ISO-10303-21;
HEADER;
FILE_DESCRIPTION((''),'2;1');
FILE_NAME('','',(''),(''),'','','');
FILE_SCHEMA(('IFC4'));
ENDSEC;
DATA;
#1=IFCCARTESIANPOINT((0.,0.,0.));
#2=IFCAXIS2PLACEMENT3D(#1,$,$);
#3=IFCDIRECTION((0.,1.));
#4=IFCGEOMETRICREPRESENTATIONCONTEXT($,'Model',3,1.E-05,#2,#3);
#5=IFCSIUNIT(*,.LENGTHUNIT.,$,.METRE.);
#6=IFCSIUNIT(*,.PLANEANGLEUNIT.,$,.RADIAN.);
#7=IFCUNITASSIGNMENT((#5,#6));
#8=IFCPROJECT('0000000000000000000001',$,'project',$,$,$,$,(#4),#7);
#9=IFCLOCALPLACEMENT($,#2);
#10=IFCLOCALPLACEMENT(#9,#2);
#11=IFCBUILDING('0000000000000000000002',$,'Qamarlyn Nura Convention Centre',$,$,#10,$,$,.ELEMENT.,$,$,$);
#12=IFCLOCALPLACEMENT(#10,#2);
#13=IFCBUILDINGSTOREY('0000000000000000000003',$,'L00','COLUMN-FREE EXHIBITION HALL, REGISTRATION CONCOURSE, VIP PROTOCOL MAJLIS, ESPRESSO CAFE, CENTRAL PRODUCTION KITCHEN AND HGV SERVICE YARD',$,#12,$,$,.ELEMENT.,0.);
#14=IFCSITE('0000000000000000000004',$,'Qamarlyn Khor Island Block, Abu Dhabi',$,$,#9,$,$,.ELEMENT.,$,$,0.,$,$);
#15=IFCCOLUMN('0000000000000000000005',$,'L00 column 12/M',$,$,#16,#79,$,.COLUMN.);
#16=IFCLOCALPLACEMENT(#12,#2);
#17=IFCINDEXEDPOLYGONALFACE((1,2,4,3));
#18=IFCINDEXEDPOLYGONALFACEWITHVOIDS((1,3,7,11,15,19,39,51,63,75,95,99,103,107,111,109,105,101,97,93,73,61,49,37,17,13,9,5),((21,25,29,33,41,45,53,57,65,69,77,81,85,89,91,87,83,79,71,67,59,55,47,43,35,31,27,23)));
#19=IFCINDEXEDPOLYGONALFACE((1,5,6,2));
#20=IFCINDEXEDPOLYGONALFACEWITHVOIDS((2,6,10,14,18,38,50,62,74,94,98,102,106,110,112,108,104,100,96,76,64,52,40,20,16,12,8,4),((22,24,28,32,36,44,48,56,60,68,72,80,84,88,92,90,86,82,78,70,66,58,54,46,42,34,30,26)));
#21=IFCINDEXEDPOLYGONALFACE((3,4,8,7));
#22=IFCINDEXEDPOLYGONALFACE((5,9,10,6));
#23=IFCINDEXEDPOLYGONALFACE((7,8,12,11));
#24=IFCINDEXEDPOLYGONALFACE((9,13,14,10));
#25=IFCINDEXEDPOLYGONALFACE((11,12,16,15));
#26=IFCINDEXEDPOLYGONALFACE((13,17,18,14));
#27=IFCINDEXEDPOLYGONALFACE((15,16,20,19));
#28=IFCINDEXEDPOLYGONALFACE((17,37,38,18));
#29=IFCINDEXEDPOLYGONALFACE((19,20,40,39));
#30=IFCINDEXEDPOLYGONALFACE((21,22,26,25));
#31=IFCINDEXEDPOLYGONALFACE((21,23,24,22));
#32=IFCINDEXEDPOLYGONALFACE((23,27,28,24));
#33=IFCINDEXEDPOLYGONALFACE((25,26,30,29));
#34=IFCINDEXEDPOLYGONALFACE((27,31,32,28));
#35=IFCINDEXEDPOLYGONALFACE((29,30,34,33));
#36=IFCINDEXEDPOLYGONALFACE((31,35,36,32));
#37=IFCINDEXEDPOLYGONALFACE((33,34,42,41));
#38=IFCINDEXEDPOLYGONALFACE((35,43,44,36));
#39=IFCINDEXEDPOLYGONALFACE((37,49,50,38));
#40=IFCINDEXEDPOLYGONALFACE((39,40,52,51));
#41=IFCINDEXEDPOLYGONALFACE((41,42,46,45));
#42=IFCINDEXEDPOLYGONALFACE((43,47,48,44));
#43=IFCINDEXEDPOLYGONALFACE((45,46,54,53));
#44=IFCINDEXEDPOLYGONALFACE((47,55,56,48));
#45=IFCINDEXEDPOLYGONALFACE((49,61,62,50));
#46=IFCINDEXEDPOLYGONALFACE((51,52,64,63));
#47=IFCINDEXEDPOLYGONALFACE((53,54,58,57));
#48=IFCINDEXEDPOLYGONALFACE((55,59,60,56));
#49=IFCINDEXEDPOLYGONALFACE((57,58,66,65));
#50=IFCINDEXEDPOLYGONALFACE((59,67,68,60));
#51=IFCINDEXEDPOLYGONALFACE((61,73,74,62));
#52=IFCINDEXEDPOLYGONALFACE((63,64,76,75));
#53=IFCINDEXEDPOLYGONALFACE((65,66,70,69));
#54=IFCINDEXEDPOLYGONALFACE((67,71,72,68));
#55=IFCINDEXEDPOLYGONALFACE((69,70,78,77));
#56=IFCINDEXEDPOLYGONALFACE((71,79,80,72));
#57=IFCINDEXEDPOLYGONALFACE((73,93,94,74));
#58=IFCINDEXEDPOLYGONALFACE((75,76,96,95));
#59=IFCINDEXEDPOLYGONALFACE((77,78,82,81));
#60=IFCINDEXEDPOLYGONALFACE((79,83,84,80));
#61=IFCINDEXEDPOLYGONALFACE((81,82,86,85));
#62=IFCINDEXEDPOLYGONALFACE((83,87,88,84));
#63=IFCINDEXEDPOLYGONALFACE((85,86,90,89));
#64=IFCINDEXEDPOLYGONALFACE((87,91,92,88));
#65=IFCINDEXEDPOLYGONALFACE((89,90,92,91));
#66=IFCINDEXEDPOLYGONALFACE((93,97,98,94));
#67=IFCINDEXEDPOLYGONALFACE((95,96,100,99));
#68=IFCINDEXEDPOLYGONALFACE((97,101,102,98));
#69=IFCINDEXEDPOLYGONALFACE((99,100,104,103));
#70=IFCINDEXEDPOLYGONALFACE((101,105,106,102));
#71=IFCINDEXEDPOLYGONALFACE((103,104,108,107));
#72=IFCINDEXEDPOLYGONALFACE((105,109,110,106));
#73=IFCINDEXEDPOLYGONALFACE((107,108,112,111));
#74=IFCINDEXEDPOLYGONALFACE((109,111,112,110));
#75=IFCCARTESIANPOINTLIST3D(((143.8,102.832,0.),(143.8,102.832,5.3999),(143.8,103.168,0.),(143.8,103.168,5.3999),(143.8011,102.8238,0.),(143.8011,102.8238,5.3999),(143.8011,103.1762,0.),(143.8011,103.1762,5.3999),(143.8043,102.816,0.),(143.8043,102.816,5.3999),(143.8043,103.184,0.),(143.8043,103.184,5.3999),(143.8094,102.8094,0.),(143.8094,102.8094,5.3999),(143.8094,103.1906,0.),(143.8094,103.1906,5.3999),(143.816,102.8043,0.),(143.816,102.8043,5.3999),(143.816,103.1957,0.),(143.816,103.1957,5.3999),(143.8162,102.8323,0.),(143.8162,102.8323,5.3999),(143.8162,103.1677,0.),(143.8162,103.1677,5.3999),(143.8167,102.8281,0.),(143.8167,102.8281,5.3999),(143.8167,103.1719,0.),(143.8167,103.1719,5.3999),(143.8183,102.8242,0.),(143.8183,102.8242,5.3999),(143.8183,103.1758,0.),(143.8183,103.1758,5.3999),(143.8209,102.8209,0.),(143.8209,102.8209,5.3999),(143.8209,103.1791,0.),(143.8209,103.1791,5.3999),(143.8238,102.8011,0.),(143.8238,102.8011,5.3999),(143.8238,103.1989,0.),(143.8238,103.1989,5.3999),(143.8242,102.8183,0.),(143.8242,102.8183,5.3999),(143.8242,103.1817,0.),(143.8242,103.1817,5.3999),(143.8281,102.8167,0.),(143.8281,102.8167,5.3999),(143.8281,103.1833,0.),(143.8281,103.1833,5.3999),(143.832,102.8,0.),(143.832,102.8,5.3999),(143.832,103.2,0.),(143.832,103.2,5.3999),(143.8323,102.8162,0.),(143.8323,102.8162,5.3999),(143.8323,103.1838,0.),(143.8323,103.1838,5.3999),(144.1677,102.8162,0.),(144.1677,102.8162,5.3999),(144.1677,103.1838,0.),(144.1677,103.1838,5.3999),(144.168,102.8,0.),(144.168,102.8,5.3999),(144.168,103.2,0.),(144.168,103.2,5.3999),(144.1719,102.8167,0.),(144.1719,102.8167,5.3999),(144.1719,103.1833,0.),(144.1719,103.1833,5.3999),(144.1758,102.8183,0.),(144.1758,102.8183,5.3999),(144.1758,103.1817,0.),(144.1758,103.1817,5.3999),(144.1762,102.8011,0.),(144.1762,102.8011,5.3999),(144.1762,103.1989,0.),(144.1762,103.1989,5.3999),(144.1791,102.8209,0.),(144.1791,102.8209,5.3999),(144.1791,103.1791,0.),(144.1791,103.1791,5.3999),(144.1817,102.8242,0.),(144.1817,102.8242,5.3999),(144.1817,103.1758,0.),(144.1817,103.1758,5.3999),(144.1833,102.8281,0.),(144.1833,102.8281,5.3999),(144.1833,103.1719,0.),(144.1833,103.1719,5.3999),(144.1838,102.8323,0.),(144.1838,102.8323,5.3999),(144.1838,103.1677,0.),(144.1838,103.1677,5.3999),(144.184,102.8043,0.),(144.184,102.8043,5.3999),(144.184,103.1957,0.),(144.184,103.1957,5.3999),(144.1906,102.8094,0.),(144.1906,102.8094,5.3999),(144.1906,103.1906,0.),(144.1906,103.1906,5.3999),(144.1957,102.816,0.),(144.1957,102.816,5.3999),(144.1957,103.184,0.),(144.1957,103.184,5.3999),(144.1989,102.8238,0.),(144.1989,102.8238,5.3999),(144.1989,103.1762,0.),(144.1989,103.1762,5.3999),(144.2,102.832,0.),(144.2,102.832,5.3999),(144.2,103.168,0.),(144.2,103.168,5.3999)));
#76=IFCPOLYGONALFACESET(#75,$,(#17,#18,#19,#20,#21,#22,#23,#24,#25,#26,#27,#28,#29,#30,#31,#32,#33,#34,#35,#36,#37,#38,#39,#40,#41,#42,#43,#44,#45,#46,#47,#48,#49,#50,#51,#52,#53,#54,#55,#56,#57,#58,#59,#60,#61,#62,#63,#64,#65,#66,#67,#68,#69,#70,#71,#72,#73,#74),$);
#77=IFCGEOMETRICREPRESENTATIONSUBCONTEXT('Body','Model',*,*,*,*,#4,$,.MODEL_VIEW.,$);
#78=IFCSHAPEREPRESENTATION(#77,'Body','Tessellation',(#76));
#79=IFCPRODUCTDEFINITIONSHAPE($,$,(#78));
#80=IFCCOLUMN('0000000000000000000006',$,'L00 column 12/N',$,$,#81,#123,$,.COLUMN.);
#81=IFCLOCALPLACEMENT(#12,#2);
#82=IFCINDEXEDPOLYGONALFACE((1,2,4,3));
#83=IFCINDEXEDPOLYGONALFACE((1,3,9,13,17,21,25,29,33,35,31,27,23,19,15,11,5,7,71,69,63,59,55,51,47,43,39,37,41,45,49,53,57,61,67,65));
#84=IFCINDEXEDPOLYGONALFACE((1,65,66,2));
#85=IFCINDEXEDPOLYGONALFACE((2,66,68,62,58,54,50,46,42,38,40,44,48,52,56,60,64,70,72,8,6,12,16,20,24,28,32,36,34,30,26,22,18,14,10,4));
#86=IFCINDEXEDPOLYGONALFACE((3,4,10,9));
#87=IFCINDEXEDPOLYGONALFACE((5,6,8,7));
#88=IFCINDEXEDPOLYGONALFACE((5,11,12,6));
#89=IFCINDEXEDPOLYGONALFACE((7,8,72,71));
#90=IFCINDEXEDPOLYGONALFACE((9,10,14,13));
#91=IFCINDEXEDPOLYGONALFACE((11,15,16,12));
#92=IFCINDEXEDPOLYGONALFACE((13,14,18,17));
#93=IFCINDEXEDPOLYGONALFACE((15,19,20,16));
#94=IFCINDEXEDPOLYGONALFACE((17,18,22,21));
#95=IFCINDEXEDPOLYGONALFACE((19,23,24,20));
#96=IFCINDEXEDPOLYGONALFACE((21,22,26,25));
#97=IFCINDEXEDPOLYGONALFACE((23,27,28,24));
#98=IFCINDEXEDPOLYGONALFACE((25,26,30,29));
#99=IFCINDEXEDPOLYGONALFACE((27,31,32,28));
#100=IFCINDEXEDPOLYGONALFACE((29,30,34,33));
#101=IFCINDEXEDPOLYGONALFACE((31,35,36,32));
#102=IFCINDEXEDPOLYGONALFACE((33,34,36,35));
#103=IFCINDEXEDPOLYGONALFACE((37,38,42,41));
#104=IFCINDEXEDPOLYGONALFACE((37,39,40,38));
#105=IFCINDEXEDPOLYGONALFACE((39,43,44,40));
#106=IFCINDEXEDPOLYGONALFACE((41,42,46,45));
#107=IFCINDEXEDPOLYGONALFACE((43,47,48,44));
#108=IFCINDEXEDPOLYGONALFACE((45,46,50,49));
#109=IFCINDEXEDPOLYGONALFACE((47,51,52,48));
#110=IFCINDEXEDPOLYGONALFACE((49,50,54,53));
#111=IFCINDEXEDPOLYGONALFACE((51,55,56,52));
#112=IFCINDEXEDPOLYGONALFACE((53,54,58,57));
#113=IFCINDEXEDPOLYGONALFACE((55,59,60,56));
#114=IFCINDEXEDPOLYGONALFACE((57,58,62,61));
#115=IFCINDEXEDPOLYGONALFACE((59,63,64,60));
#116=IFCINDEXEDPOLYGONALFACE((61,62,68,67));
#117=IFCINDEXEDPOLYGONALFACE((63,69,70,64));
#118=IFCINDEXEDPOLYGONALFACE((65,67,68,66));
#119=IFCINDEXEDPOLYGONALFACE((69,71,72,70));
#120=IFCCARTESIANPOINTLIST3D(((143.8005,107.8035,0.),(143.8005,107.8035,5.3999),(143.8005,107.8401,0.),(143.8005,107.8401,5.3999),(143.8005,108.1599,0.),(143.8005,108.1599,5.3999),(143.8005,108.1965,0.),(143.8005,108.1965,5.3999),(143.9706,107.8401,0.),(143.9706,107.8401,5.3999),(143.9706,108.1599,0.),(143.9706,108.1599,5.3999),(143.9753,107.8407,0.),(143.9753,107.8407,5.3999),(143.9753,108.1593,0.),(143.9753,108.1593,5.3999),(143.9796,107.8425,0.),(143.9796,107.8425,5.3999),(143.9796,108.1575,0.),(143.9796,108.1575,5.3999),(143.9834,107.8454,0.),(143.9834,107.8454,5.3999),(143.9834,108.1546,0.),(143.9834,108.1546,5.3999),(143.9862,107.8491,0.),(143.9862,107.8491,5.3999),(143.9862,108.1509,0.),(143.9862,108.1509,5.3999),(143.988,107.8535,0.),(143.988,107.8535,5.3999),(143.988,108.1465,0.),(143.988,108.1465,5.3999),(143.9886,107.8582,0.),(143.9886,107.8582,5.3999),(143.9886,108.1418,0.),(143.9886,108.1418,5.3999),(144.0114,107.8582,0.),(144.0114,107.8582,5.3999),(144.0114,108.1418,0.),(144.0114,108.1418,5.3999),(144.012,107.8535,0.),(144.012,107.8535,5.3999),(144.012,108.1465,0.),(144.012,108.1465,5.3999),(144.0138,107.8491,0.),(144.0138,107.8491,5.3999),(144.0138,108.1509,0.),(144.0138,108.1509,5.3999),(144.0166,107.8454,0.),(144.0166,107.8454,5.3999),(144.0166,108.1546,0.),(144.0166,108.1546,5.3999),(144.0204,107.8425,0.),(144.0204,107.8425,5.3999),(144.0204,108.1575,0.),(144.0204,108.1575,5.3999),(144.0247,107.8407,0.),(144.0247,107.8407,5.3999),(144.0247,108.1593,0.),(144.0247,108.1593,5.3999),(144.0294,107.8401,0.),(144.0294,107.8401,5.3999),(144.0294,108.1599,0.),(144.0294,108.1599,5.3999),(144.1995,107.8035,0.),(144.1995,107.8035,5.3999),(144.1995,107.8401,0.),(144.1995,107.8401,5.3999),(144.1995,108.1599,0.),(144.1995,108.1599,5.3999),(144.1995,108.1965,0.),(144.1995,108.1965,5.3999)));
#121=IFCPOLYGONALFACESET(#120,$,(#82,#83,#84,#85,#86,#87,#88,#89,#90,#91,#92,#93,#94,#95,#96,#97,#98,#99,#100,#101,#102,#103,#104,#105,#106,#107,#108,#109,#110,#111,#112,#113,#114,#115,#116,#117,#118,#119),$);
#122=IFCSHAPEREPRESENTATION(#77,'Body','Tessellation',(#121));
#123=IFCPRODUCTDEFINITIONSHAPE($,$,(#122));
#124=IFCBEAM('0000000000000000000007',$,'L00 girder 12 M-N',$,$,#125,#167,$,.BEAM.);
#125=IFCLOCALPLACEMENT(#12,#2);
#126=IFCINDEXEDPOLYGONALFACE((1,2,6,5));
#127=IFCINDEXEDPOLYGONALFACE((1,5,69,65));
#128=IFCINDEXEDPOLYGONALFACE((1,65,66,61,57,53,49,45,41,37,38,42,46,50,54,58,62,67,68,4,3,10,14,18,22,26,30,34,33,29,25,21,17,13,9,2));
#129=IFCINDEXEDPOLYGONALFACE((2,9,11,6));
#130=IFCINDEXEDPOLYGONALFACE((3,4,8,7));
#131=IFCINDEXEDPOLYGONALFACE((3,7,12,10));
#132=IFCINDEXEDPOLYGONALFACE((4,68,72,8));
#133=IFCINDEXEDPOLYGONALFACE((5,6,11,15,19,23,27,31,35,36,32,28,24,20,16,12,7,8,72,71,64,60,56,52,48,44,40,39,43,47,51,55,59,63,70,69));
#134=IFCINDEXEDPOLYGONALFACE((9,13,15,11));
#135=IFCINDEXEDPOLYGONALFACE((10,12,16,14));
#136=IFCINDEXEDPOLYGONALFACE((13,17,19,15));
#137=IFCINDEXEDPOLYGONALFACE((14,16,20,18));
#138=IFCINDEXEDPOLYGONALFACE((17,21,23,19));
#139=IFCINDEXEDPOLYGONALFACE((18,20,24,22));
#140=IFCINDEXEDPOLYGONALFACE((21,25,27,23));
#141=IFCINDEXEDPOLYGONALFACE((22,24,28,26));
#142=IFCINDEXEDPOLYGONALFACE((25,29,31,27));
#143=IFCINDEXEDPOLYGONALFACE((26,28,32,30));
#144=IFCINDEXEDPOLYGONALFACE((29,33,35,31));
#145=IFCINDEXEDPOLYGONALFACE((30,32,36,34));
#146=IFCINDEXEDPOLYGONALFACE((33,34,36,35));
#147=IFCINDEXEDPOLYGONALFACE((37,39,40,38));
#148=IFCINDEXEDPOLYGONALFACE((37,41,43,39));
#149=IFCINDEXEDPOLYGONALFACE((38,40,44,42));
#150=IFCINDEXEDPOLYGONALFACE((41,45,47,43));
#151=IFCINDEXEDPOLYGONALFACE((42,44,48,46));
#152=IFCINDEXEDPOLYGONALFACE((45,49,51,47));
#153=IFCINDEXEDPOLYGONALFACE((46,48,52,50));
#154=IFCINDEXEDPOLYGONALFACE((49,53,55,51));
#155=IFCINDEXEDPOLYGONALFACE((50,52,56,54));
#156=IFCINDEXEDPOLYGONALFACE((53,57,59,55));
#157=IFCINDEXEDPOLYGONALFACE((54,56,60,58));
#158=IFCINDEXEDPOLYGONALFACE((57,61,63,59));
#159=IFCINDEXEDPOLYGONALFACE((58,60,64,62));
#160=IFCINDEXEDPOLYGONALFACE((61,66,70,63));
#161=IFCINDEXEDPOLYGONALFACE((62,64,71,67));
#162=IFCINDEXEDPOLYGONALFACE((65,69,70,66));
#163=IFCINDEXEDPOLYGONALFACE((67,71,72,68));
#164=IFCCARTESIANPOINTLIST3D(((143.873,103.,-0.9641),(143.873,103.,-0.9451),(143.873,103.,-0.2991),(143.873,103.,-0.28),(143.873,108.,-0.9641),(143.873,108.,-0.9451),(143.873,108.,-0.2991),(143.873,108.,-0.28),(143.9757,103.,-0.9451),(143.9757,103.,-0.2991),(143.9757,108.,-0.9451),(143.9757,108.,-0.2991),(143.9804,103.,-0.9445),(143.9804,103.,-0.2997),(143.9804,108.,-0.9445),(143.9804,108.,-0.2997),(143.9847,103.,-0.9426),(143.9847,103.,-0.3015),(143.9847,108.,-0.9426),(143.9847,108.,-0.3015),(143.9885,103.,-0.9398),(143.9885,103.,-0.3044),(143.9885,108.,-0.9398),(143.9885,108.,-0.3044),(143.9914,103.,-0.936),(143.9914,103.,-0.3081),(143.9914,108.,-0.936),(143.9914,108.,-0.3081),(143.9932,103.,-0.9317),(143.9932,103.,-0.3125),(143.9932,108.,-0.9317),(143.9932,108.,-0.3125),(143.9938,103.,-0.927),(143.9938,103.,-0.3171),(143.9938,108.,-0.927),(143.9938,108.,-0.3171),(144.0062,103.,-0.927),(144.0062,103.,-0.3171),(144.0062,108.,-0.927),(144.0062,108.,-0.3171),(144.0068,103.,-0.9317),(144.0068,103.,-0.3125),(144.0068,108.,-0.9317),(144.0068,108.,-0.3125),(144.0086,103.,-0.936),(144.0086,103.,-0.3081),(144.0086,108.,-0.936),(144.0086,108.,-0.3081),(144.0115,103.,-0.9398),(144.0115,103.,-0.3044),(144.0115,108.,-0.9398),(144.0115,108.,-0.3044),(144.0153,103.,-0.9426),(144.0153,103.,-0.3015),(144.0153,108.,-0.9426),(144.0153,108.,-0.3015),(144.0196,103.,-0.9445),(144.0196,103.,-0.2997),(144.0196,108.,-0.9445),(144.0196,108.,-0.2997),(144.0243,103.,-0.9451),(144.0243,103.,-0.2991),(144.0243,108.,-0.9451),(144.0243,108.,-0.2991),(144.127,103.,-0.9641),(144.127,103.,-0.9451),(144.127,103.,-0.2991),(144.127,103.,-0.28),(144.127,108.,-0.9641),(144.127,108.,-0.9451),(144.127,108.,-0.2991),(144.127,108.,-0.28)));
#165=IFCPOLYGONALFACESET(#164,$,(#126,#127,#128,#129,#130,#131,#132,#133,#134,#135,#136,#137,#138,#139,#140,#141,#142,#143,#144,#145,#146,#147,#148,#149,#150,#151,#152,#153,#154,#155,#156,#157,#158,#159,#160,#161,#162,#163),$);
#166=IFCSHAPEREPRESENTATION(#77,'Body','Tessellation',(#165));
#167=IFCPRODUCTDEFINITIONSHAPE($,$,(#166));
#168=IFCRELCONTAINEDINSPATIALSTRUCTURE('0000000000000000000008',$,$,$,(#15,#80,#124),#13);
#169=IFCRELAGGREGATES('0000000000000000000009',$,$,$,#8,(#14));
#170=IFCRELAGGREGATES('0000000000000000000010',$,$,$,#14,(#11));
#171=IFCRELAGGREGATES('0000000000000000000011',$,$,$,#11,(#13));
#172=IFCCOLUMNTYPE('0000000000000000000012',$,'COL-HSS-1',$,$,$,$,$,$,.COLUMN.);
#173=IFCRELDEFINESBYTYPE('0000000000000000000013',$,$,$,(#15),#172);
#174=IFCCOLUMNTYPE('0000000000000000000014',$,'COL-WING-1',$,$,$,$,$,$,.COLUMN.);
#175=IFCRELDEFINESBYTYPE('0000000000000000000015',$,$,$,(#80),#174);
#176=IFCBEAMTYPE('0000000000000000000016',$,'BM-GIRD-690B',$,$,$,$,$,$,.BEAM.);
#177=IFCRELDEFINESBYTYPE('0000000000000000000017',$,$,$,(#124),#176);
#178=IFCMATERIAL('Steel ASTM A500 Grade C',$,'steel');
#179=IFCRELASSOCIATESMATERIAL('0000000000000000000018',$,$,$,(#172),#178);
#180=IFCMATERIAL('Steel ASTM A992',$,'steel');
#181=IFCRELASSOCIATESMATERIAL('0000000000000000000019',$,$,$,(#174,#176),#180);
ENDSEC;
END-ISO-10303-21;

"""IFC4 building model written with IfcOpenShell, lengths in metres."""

from ifc_helpers import new_model, si_unit, direction, frame, origin, origin_2d, place, context, subcontext, project, spatial, hollow_rectangle, i_section, extrude, material, material_profile, profile_set, type_object, element, save


model = new_model("IFC4")

# Units and contexts
model_context = context("Model", 3, precision=1e-05, world=origin(), true_north=direction((0.0, 1.0)))
body_context = subcontext(model_context, "Body", "Model", "MODEL_VIEW")
ifc_project = project(units=[si_unit("LENGTHUNIT", "METRE"), si_unit("PLANEANGLEUNIT", "RADIAN")], contexts=[model_context])

# Site, building, storey
site_placement = place(None, origin())
site = spatial("IfcSite", under=ifc_project, at=site_placement, Name="Qamarlyn Khor Island Block, Abu Dhabi", CompositionType="ELEMENT", RefElevation=0.0)
building_placement = place(site_placement, origin())
building = spatial("IfcBuilding", under=site, at=building_placement, Name="Qamarlyn Nura Convention Centre", CompositionType="ELEMENT")
storey_placement = place(building_placement, origin())
storey = spatial("IfcBuildingStorey", under=building, at=storey_placement, Name="L00", Description="COLUMN-FREE EXHIBITION HALL, REGISTRATION CONCOURSE, VIP PROTOCOL MAJLIS, ESPRESSO CAFE, CENTRAL PRODUCTION KITCHEN AND HGV SERVICE YARD", CompositionType="ELEMENT", Elevation=0.0)

# Columns
ifc_material_1 = material(Name="Steel ASTM A500 Grade C", Category="steel")
ifc_material_profile_1 = material_profile(ifc_material_1, hollow_rectangle(XDim=0.3999, YDim=0.3999, WallThickness=0.0161, InnerFilletRadius=0.0161, OuterFilletRadius=0.032, at=origin_2d()), Name="HSS400X400X16")
ifc_profile_set_1 = profile_set([ifc_material_profile_1], Name="Steel ASTM A500 Grade C")
column_type_1 = type_object("IfcColumnType", Name="COL-HSS-1", PredefinedType="COLUMN", material=ifc_profile_set_1)
column_1_placement = place(storey_placement, frame((144.0, 103.0, 0.0), z_axis=(0.0, 0.0, 1.0), x_axis=(1.0, 0.0, 0.0)))
element("IfcColumn", 1, at=column_1_placement, inside=storey, type_object=column_type_1, Name="L00 column 12/M", PredefinedType="COLUMN", context=body_context, shape_type="SweptSolid", body=[
    extrude(hollow_rectangle(XDim=0.3999, YDim=0.3999, WallThickness=0.0161, InnerFilletRadius=0.0161, OuterFilletRadius=0.032, at=origin_2d()), origin(), (0.0, 0.0, 1.0), 5.3999),
])
ifc_material_2 = material(Name="Steel ASTM A992", Category="steel")
ifc_material_profile_2 = material_profile(ifc_material_2, i_section(OverallWidth=0.3989, OverallDepth=0.3931, WebThickness=0.0227, FlangeThickness=0.0366, FilletRadius=0.0181, at=origin_2d()), Name="W360X287")
ifc_profile_set_2 = profile_set([ifc_material_profile_2], Name="Steel ASTM A992")
column_type_2 = type_object("IfcColumnType", Name="COL-WING-1", PredefinedType="COLUMN", material=ifc_profile_set_2)
column_2_placement = place(storey_placement, frame((144.0, 108.0, 0.0), z_axis=(0.0, 0.0, 1.0), x_axis=(1.0, 0.0, 0.0)))
element("IfcColumn", 2, at=column_2_placement, inside=storey, type_object=column_type_2, Name="L00 column 12/N", PredefinedType="COLUMN", context=body_context, shape_type="SweptSolid", body=[
    extrude(i_section(OverallWidth=0.3989, OverallDepth=0.3931, WebThickness=0.0227, FlangeThickness=0.0366, FilletRadius=0.0181, at=origin_2d()), origin(), (0.0, 0.0, 1.0), 5.3999),
])

# Beam
ifc_material_profile_3 = material_profile(ifc_material_2, i_section(OverallWidth=0.2539, OverallDepth=0.6841, WebThickness=0.0125, FlangeThickness=0.019, FilletRadius=0.0181, at=origin_2d()), Name="W690X140")
ifc_profile_set_3 = profile_set([ifc_material_profile_3], Name="Steel ASTM A992")
beam_type = type_object("IfcBeamType", Name="BM-GIRD-690B", PredefinedType="BEAM", material=ifc_profile_set_3)
beam_placement = place(storey_placement, frame((144.0, 103.0, -0.6221), z_axis=(0.0, 1.0, 0.0), x_axis=(-1.0, 0.0, 0.0)))
element("IfcBeam", 3, at=beam_placement, inside=storey, type_object=beam_type, Name="L00 girder 12 M-N", PredefinedType="BEAM", context=body_context, shape_type="SweptSolid", body=[
    extrude(i_section(OverallWidth=0.2539, OverallDepth=0.6841, WebThickness=0.0125, FlangeThickness=0.019, FilletRadius=0.0181, at=origin_2d()), origin(), (0.0, 0.0, 1.0), 5.0),
])

save(model, "model.ifc")
